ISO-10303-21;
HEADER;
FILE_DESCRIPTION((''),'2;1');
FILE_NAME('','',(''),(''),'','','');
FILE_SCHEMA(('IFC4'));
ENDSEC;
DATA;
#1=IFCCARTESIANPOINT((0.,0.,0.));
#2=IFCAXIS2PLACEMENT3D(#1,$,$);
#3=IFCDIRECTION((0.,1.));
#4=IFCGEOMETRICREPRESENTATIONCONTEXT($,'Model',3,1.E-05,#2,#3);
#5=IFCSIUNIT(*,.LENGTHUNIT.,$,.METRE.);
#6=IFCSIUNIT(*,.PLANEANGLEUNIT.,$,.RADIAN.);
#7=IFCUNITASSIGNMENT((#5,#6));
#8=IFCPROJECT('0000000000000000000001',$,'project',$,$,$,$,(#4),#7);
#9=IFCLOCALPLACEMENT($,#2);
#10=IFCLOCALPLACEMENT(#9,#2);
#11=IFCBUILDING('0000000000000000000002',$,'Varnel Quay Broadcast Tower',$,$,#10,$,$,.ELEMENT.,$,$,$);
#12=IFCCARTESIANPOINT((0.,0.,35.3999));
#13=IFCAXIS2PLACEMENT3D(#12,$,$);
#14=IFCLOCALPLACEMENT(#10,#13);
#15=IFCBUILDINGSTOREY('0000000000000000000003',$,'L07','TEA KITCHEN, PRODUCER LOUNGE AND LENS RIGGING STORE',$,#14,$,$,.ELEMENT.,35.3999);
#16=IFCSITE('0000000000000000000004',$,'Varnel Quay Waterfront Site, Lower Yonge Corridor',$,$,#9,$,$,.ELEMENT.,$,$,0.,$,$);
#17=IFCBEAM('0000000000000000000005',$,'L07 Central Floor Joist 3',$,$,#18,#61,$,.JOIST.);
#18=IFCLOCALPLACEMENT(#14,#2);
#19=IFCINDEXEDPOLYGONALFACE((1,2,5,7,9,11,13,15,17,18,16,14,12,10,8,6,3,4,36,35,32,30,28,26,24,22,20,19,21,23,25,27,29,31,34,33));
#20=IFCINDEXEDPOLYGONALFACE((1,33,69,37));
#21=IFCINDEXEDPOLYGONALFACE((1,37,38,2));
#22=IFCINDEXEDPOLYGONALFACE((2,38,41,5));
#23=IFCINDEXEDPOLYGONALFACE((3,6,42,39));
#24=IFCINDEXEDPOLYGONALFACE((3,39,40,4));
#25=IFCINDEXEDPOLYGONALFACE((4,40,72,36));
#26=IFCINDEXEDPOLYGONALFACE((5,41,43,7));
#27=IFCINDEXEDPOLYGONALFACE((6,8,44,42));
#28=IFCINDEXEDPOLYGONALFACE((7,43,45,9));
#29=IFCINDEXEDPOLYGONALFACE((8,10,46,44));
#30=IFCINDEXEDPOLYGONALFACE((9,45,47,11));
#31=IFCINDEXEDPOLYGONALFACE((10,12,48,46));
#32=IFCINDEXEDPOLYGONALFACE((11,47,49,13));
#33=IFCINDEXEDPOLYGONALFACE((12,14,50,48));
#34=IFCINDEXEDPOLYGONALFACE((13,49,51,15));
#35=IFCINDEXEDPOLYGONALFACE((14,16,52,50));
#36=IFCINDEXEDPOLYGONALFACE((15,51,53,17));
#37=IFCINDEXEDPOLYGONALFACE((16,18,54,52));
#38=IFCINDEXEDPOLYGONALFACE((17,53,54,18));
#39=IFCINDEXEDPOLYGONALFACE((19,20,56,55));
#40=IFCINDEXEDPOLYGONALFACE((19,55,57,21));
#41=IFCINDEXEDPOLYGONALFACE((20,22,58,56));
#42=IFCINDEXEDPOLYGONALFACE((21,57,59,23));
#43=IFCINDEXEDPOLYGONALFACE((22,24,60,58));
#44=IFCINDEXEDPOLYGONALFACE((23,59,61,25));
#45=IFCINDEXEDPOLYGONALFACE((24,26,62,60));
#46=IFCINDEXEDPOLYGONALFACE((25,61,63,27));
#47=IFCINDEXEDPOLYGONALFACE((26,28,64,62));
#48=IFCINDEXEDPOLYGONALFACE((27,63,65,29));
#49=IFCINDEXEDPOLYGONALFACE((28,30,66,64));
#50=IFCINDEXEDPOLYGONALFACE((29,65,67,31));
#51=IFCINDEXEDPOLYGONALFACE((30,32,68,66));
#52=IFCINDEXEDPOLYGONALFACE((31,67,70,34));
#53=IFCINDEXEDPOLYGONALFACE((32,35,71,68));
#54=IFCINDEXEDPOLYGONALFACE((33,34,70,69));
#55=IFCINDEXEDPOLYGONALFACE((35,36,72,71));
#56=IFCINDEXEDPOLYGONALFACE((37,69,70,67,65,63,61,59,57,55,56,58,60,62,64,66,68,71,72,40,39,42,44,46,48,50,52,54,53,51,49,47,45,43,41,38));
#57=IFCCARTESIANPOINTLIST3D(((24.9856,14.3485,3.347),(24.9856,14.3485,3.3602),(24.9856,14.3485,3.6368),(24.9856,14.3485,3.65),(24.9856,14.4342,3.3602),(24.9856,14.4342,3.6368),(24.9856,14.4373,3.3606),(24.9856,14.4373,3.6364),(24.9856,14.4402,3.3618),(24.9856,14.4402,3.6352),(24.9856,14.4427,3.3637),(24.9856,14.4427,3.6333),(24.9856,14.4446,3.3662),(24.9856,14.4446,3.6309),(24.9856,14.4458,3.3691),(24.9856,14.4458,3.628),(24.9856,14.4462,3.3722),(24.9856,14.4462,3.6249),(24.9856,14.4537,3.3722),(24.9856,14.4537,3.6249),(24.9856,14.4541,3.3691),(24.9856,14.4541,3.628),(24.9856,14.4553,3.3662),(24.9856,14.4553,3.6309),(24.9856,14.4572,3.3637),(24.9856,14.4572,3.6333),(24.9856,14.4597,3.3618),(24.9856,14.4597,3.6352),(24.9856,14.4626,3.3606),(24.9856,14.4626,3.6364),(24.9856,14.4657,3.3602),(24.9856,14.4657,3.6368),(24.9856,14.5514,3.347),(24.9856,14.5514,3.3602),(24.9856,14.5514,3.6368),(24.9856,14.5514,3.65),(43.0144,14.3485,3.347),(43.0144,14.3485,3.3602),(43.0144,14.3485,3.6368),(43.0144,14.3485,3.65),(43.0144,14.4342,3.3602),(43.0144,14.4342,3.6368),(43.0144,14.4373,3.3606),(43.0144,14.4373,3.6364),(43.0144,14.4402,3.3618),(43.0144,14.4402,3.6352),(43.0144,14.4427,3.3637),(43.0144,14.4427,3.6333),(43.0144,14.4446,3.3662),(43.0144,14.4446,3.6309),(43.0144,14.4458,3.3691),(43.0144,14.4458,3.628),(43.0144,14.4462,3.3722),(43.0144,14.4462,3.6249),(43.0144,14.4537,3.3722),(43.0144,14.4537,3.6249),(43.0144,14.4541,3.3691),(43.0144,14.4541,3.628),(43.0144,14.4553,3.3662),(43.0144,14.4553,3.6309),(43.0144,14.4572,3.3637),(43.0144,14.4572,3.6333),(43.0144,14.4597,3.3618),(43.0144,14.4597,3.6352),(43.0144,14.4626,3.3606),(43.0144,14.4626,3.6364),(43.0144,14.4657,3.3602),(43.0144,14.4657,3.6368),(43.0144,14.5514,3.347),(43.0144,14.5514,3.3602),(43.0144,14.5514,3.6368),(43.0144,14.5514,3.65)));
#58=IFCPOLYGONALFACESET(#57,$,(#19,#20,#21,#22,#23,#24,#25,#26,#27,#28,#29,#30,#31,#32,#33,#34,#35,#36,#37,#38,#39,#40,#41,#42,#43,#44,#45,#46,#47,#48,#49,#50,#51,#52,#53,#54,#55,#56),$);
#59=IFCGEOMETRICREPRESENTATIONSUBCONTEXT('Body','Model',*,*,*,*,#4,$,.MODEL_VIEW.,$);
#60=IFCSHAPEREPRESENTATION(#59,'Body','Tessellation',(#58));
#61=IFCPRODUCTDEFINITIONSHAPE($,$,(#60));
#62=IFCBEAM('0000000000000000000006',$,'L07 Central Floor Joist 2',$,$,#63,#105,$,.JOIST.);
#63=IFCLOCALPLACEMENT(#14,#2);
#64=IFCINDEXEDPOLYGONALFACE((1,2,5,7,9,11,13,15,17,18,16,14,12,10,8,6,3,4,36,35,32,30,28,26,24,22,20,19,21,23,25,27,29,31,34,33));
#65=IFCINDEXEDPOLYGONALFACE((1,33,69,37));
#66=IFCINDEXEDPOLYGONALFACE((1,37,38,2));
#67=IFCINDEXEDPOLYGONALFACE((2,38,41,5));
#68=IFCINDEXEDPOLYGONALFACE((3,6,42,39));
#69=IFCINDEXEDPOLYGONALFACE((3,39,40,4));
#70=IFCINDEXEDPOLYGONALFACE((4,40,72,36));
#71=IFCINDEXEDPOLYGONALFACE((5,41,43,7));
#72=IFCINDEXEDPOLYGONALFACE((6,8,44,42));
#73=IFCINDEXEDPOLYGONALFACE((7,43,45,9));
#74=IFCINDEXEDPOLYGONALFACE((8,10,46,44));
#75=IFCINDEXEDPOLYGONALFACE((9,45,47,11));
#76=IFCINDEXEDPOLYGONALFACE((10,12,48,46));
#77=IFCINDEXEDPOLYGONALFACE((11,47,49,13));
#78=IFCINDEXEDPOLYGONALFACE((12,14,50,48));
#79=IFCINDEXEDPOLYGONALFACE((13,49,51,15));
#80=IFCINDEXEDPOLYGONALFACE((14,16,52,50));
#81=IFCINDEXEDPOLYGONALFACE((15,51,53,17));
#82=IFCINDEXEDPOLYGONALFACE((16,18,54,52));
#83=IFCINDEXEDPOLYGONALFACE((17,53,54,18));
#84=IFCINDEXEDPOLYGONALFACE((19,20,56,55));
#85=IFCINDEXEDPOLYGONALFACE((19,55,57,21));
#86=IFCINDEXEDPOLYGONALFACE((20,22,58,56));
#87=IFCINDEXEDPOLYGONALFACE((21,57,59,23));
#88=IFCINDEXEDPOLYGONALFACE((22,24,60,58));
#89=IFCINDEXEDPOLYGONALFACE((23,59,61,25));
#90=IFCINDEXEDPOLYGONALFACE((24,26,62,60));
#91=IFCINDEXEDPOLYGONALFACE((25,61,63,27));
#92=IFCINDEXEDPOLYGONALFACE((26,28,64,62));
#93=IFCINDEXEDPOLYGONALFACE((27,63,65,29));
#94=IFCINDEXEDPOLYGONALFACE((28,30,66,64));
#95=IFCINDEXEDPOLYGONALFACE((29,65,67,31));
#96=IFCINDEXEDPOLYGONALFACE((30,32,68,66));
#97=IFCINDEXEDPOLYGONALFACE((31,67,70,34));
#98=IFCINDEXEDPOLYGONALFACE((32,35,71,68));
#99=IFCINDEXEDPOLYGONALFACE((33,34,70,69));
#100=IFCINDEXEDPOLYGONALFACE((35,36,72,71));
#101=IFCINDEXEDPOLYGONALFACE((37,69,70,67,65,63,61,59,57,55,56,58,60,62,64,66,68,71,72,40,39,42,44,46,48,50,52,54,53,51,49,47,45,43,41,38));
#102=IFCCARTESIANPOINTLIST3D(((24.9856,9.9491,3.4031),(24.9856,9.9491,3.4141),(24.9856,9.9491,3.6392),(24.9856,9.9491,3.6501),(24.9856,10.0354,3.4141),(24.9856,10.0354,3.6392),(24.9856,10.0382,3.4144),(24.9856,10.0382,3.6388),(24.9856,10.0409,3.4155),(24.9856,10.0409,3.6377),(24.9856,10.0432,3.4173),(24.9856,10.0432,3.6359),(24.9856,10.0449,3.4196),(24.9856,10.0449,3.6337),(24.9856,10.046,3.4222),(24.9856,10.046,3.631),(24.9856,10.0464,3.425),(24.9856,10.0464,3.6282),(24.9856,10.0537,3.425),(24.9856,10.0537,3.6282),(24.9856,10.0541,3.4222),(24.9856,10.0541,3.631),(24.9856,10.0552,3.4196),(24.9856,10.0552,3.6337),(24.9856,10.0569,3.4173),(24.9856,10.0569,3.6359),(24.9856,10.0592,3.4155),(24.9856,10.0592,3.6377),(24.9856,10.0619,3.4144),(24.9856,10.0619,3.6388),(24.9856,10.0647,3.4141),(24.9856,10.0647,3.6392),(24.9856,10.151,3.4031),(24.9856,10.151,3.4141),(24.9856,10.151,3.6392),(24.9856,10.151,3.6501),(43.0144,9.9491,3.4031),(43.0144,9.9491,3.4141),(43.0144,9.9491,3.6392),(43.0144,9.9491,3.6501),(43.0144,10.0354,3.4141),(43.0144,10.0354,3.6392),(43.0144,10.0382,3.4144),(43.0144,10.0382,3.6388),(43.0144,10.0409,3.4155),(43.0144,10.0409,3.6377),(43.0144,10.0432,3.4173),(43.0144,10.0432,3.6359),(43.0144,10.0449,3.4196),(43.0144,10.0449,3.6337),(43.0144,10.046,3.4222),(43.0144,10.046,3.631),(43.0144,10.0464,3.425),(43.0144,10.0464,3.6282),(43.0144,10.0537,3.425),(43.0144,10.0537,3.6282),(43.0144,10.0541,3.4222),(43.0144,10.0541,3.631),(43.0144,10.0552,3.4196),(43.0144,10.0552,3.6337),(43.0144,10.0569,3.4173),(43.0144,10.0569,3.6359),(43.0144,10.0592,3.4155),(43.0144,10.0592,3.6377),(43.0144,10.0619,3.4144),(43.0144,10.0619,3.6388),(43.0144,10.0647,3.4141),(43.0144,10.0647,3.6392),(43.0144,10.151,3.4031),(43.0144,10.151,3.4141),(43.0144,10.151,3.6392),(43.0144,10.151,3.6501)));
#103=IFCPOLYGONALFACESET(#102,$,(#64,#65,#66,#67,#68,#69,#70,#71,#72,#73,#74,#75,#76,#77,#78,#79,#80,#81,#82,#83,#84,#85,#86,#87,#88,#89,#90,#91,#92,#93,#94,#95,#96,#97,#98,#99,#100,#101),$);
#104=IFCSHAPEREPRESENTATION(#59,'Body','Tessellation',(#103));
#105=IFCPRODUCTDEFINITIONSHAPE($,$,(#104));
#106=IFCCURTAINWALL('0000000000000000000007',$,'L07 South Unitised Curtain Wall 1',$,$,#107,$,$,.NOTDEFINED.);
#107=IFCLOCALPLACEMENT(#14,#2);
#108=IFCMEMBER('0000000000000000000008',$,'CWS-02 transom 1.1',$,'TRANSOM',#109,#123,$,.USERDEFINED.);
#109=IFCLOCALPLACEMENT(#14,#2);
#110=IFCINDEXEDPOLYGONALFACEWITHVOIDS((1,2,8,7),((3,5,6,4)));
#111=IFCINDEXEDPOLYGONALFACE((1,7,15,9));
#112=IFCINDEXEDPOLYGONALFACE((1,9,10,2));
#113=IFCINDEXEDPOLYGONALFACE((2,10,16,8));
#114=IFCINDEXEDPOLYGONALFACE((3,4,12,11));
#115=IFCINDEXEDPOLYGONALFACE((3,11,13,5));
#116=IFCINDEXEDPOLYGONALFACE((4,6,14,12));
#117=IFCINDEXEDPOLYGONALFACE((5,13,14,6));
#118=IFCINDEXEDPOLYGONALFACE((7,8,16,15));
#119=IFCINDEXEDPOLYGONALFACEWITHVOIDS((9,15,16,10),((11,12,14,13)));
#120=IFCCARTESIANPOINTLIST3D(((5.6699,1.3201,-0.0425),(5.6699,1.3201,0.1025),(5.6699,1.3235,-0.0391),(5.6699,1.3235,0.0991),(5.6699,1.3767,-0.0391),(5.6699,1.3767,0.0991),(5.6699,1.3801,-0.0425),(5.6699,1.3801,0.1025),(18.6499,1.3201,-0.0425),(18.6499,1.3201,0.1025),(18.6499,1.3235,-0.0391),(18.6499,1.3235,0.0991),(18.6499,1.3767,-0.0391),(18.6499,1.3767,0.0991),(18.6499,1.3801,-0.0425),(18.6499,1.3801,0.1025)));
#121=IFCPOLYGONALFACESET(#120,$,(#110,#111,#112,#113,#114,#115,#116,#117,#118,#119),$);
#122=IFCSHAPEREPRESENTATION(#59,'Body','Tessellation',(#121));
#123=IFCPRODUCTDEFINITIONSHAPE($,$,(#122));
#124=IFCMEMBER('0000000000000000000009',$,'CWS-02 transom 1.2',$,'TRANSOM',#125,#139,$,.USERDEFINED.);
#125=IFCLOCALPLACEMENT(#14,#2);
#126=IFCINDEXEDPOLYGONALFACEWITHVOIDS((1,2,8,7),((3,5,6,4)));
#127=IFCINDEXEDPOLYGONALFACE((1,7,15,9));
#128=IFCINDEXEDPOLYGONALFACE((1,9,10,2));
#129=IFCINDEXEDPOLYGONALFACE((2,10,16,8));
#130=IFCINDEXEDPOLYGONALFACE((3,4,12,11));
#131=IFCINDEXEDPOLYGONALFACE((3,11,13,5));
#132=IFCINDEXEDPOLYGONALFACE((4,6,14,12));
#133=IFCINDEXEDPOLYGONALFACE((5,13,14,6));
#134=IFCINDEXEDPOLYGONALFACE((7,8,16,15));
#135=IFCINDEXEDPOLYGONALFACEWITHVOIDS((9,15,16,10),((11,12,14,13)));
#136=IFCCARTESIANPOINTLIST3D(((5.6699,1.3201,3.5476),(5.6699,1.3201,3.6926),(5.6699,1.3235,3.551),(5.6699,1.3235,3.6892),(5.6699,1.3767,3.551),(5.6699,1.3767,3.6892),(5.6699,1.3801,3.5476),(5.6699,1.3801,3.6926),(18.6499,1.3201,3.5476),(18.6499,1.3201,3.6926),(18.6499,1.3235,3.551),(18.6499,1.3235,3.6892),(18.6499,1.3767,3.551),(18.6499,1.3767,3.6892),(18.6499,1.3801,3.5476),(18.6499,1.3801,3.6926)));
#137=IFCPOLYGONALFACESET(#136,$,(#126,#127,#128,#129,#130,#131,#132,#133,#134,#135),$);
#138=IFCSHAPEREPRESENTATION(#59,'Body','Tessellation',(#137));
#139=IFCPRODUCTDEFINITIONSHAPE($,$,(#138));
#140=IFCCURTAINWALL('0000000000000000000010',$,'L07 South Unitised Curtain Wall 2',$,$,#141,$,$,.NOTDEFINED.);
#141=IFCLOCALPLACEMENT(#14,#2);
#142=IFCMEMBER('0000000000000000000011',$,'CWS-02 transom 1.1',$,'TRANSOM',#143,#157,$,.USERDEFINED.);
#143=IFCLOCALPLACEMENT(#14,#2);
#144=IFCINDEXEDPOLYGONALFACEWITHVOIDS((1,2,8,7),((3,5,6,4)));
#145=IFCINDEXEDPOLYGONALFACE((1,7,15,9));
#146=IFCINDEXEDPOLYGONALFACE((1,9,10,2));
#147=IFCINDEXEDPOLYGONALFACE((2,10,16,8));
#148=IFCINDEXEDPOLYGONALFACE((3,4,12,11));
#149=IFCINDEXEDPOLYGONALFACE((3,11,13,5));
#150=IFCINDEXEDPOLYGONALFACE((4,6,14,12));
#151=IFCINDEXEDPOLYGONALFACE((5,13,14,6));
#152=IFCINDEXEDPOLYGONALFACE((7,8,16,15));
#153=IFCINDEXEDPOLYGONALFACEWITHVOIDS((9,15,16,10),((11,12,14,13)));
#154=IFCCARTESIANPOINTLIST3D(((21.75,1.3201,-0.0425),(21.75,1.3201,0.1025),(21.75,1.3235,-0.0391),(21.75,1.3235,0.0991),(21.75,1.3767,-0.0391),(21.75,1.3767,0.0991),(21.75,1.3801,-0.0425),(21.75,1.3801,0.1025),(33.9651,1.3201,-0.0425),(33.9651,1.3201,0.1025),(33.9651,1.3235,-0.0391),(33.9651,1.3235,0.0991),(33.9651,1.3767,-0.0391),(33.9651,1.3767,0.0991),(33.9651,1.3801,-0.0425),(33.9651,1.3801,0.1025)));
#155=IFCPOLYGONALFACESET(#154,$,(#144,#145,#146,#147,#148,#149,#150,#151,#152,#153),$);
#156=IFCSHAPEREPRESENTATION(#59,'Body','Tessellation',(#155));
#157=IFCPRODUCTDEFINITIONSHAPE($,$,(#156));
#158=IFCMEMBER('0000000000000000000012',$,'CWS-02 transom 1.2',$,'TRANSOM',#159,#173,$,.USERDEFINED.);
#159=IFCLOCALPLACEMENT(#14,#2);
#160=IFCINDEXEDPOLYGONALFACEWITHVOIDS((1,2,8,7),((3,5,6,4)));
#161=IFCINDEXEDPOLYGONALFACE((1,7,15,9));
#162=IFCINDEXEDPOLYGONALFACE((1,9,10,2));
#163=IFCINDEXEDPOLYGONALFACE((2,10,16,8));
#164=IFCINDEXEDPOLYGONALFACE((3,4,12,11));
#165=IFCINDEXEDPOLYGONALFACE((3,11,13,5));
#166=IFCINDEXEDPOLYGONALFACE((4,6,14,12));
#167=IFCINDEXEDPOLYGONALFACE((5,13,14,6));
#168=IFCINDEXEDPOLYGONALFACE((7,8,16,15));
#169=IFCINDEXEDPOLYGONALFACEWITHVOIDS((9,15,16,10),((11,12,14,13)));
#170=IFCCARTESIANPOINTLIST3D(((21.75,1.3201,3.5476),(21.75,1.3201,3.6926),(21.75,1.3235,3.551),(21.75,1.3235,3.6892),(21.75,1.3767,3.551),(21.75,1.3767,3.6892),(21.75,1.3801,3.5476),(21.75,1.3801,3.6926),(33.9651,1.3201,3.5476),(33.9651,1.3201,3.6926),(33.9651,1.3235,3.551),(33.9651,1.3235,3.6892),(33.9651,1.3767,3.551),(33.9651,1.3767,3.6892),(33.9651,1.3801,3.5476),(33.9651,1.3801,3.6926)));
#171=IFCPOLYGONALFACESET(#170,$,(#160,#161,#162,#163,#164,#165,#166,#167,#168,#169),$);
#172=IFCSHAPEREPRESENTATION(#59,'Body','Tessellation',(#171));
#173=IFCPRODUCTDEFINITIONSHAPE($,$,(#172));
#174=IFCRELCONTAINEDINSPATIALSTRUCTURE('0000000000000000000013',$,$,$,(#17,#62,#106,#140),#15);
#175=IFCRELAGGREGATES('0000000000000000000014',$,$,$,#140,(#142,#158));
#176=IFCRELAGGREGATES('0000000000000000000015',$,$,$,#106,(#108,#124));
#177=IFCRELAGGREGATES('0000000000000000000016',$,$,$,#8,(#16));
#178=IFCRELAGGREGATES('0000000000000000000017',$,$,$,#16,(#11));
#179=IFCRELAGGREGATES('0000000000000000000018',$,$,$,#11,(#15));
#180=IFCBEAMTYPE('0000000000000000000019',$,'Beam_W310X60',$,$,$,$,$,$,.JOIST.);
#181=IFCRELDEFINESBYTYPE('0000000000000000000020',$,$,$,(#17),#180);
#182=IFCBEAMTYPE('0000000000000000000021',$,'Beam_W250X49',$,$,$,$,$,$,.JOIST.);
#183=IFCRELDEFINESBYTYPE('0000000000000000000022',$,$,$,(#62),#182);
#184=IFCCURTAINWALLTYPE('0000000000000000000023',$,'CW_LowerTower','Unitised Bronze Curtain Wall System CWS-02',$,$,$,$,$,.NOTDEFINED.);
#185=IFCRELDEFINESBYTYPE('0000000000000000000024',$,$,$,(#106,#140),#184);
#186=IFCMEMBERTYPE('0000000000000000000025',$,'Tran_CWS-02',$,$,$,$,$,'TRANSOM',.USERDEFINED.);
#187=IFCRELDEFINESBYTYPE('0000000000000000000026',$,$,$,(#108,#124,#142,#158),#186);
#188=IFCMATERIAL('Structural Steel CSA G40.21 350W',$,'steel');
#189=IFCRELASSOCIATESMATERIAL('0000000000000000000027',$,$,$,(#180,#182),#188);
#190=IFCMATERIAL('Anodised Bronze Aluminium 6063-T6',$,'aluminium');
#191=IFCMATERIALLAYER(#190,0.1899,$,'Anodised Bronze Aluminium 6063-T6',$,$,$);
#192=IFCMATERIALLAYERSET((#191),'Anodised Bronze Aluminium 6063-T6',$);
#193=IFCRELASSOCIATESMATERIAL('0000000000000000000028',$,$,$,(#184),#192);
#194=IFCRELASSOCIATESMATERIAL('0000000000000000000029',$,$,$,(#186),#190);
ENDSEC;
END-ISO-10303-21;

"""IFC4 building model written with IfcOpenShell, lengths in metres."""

from ifc_helpers import new_model, si_unit, direction, frame, origin, origin_2d, place, context, subcontext, project, spatial, hollow_rectangle, i_section, extrude, source, transform, mapped, material, layer, layer_set, material_profile, profile_set, type_object, type_shapes, element, aggregate, save


model = new_model("IFC4")

# Units and contexts
model_context = context("Model", 3, precision=1e-05, world=origin(), true_north=direction((0.0, 1.0)))
body_context = subcontext(model_context, "Body", "Model", "MODEL_VIEW")
ifc_project = project(units=[si_unit("LENGTHUNIT", "METRE"), si_unit("PLANEANGLEUNIT", "RADIAN")], contexts=[model_context])

# Site, building, storey
site_placement = place(None, origin())
site = spatial("IfcSite", under=ifc_project, at=site_placement, Name="Varnel Quay Waterfront Site, Lower Yonge Corridor", CompositionType="ELEMENT", RefElevation=0.0)
building_placement = place(site_placement, origin())
building = spatial("IfcBuilding", under=site, at=building_placement, Name="Varnel Quay Broadcast Tower", CompositionType="ELEMENT")
storey_placement = place(building_placement, frame((0.0, 0.0, 35.3999)))
storey = spatial("IfcBuildingStorey", under=building, at=storey_placement, Name="L07", Description="TEA KITCHEN, PRODUCER LOUNGE AND LENS RIGGING STORE", CompositionType="ELEMENT", Elevation=35.3999)

# Shared definitions
ifc_material_1 = material(Name="Structural Steel CSA G40.21 350W", Category="steel")

# Beams
ifc_material_profile_1 = material_profile(ifc_material_1, i_section(OverallWidth=0.2029, OverallDepth=0.303, WebThickness=0.0076, FlangeThickness=0.0132, FilletRadius=0.012, at=origin_2d()), Name="W310X60")
ifc_profile_set_1 = profile_set([ifc_material_profile_1], Name="Structural Steel CSA G40.21 350W")
beam_type_1 = type_object("IfcBeamType", Name="Beam_W310X60", PredefinedType="JOIST", material=ifc_profile_set_1)
shared_shape_1 = source(origin(), body_context, "Body", "SweptSolid", [
    extrude(i_section(OverallWidth=0.2029, OverallDepth=0.303, WebThickness=0.0076, FlangeThickness=0.0132, FilletRadius=0.012, at=origin_2d()), origin(), (0.0, 0.0, 1.0), 18.0288),
])
type_shapes(beam_type_1, [shared_shape_1])
for number, where, z_axis, x_axis, name in (
    (1, (24.9856, 14.45, 3.4985), (1.0, 0.0, 0.0), (0.0, 1.0, 0.0), "L07 Central Floor Joist 3"),
):
    element("IfcBeam", number, at=place(storey_placement, frame(where, z_axis=z_axis, x_axis=x_axis)), inside=storey, type_object=beam_type_1, Name=name, PredefinedType="JOIST", context=body_context, shape_type="MappedRepresentation", body=[
        mapped(shared_shape_1, transform((0.0, 0.0, 0.0), x_axis=(1.0, 0.0, 0.0), y_axis=(0.0, 1.0, 0.0), z_axis=(0.0, 0.0, 1.0), scale=1.0)),
    ])
ifc_material_profile_2 = material_profile(ifc_material_1, i_section(OverallWidth=0.2019, OverallDepth=0.2471, WebThickness=0.0073, FlangeThickness=0.011, FilletRadius=0.011, at=origin_2d()), Name="W250X49")
ifc_profile_set_2 = profile_set([ifc_material_profile_2], Name="Structural Steel CSA G40.21 350W")
beam_type_2 = type_object("IfcBeamType", Name="Beam_W250X49", PredefinedType="JOIST", material=ifc_profile_set_2)
shared_shape_2 = source(origin(), body_context, "Body", "SweptSolid", [
    extrude(i_section(OverallWidth=0.2019, OverallDepth=0.2471, WebThickness=0.0073, FlangeThickness=0.011, FilletRadius=0.011, at=origin_2d()), origin(), (0.0, 0.0, 1.0), 18.0288),
])
type_shapes(beam_type_2, [shared_shape_2])
beam_1_placement = place(storey_placement, frame((24.9856, 10.05, 3.5266), z_axis=(1.0, 0.0, 0.0), x_axis=(0.0, 1.0, 0.0)))
element("IfcBeam", 2, at=beam_1_placement, inside=storey, type_object=beam_type_2, Name="L07 Central Floor Joist 2", PredefinedType="JOIST", context=body_context, shape_type="MappedRepresentation", body=[
    mapped(shared_shape_2, transform((0.0, 0.0, 0.0), x_axis=(1.0, 0.0, 0.0), y_axis=(0.0, 1.0, 0.0), z_axis=(0.0, 0.0, 1.0), scale=1.0)),
])

# Curtain walls, members
ifc_material_2 = material(Name="Anodised Bronze Aluminium 6063-T6", Category="aluminium")
ifc_layer_1 = layer(ifc_material_2, 0.1899, Name="Anodised Bronze Aluminium 6063-T6")
ifc_layer_set_1 = layer_set([ifc_layer_1], Name="Anodised Bronze Aluminium 6063-T6")
curtain_wall_type_1 = type_object("IfcCurtainWallType", Name="CW_LowerTower", Description="Unitised Bronze Curtain Wall System CWS-02", PredefinedType="NOTDEFINED", material=ifc_layer_set_1)
curtain_wall_1_placement = place(storey_placement, origin())
curtain_wall_1 = element("IfcCurtainWall", 3, at=curtain_wall_1_placement, inside=storey, type_object=curtain_wall_type_1, Name="L07 South Unitised Curtain Wall 1", PredefinedType="NOTDEFINED")
ifc_material_profile_3 = material_profile(ifc_material_2, hollow_rectangle(XDim=0.0601, YDim=0.145, WallThickness=0.0034, at=origin_2d()), Name="ALU60X145X3.5")
ifc_profile_set_3 = profile_set([ifc_material_profile_3], Name="Anodised Bronze Aluminium 6063-T6")
member_type_1 = type_object("IfcMemberType", Name="Tran_CWS-02", ElementType="TRANSOM", PredefinedType="USERDEFINED", material=ifc_profile_set_3)
shared_shape_3 = source(origin(), body_context, "Body", "SweptSolid", [
    extrude(hollow_rectangle(XDim=0.0601, YDim=0.145, WallThickness=0.0034, at=origin_2d()), origin(), (0.0, 0.0, 1.0), 12.98),
])
member_1_placement = place(storey_placement, frame((5.6699, 1.3501, 0.03), z_axis=(1.0, 0.0, 0.0), x_axis=(0.0, 1.0, 0.0)))
member_1 = element("IfcMember", 4, at=member_1_placement, type_object=member_type_1, Name="CWS-02 transom 1.1", ObjectType="TRANSOM", PredefinedType="USERDEFINED", context=body_context, shape_type="MappedRepresentation", body=[
    mapped(shared_shape_3, transform((0.0, 0.0, 0.0), x_axis=(1.0, 0.0, 0.0), y_axis=(0.0, 1.0, 0.0), z_axis=(0.0, 0.0, 1.0), scale=1.0)),
])
member_2_placement = place(storey_placement, frame((5.6699, 1.3501, 3.6201), z_axis=(1.0, 0.0, 0.0), x_axis=(0.0, 1.0, 0.0)))
member_2 = element("IfcMember", 5, at=member_2_placement, type_object=member_type_1, Name="CWS-02 transom 1.2", ObjectType="TRANSOM", PredefinedType="USERDEFINED", context=body_context, shape_type="MappedRepresentation", body=[
    mapped(shared_shape_3, transform((0.0, 0.0, 0.0), x_axis=(1.0, 0.0, 0.0), y_axis=(0.0, 1.0, 0.0), z_axis=(0.0, 0.0, 1.0), scale=1.0)),
])
curtain_wall_2_placement = place(storey_placement, origin())
curtain_wall_2 = element("IfcCurtainWall", 6, at=curtain_wall_2_placement, inside=storey, type_object=curtain_wall_type_1, Name="L07 South Unitised Curtain Wall 2", PredefinedType="NOTDEFINED")
shared_shape_4 = source(origin(), body_context, "Body", "SweptSolid", [
    extrude(hollow_rectangle(XDim=0.0601, YDim=0.145, WallThickness=0.0034, at=origin_2d()), origin(), (0.0, 0.0, 1.0), 12.2151),
])
type_shapes(member_type_1, [shared_shape_3, shared_shape_4])
member_3_placement = place(storey_placement, frame((21.75, 1.3501, 0.03), z_axis=(1.0, 0.0, 0.0), x_axis=(0.0, 1.0, 0.0)))
member_3 = element("IfcMember", 7, at=member_3_placement, type_object=member_type_1, Name="CWS-02 transom 1.1", ObjectType="TRANSOM", PredefinedType="USERDEFINED", context=body_context, shape_type="MappedRepresentation", body=[
    mapped(shared_shape_4, transform((0.0, 0.0, 0.0), x_axis=(1.0, 0.0, 0.0), y_axis=(0.0, 1.0, 0.0), z_axis=(0.0, 0.0, 1.0), scale=1.0)),
])
member_4_placement = place(storey_placement, frame((21.75, 1.3501, 3.6201), z_axis=(1.0, 0.0, 0.0), x_axis=(0.0, 1.0, 0.0)))
member_4 = element("IfcMember", 8, at=member_4_placement, type_object=member_type_1, Name="CWS-02 transom 1.2", ObjectType="TRANSOM", PredefinedType="USERDEFINED", context=body_context, shape_type="MappedRepresentation", body=[
    mapped(shared_shape_4, transform((0.0, 0.0, 0.0), x_axis=(1.0, 0.0, 0.0), y_axis=(0.0, 1.0, 0.0), z_axis=(0.0, 0.0, 1.0), scale=1.0)),
])

aggregate(curtain_wall_2, [member_3, member_4])

aggregate(curtain_wall_1, [member_1, member_2])

save(model, "model.ifc")
